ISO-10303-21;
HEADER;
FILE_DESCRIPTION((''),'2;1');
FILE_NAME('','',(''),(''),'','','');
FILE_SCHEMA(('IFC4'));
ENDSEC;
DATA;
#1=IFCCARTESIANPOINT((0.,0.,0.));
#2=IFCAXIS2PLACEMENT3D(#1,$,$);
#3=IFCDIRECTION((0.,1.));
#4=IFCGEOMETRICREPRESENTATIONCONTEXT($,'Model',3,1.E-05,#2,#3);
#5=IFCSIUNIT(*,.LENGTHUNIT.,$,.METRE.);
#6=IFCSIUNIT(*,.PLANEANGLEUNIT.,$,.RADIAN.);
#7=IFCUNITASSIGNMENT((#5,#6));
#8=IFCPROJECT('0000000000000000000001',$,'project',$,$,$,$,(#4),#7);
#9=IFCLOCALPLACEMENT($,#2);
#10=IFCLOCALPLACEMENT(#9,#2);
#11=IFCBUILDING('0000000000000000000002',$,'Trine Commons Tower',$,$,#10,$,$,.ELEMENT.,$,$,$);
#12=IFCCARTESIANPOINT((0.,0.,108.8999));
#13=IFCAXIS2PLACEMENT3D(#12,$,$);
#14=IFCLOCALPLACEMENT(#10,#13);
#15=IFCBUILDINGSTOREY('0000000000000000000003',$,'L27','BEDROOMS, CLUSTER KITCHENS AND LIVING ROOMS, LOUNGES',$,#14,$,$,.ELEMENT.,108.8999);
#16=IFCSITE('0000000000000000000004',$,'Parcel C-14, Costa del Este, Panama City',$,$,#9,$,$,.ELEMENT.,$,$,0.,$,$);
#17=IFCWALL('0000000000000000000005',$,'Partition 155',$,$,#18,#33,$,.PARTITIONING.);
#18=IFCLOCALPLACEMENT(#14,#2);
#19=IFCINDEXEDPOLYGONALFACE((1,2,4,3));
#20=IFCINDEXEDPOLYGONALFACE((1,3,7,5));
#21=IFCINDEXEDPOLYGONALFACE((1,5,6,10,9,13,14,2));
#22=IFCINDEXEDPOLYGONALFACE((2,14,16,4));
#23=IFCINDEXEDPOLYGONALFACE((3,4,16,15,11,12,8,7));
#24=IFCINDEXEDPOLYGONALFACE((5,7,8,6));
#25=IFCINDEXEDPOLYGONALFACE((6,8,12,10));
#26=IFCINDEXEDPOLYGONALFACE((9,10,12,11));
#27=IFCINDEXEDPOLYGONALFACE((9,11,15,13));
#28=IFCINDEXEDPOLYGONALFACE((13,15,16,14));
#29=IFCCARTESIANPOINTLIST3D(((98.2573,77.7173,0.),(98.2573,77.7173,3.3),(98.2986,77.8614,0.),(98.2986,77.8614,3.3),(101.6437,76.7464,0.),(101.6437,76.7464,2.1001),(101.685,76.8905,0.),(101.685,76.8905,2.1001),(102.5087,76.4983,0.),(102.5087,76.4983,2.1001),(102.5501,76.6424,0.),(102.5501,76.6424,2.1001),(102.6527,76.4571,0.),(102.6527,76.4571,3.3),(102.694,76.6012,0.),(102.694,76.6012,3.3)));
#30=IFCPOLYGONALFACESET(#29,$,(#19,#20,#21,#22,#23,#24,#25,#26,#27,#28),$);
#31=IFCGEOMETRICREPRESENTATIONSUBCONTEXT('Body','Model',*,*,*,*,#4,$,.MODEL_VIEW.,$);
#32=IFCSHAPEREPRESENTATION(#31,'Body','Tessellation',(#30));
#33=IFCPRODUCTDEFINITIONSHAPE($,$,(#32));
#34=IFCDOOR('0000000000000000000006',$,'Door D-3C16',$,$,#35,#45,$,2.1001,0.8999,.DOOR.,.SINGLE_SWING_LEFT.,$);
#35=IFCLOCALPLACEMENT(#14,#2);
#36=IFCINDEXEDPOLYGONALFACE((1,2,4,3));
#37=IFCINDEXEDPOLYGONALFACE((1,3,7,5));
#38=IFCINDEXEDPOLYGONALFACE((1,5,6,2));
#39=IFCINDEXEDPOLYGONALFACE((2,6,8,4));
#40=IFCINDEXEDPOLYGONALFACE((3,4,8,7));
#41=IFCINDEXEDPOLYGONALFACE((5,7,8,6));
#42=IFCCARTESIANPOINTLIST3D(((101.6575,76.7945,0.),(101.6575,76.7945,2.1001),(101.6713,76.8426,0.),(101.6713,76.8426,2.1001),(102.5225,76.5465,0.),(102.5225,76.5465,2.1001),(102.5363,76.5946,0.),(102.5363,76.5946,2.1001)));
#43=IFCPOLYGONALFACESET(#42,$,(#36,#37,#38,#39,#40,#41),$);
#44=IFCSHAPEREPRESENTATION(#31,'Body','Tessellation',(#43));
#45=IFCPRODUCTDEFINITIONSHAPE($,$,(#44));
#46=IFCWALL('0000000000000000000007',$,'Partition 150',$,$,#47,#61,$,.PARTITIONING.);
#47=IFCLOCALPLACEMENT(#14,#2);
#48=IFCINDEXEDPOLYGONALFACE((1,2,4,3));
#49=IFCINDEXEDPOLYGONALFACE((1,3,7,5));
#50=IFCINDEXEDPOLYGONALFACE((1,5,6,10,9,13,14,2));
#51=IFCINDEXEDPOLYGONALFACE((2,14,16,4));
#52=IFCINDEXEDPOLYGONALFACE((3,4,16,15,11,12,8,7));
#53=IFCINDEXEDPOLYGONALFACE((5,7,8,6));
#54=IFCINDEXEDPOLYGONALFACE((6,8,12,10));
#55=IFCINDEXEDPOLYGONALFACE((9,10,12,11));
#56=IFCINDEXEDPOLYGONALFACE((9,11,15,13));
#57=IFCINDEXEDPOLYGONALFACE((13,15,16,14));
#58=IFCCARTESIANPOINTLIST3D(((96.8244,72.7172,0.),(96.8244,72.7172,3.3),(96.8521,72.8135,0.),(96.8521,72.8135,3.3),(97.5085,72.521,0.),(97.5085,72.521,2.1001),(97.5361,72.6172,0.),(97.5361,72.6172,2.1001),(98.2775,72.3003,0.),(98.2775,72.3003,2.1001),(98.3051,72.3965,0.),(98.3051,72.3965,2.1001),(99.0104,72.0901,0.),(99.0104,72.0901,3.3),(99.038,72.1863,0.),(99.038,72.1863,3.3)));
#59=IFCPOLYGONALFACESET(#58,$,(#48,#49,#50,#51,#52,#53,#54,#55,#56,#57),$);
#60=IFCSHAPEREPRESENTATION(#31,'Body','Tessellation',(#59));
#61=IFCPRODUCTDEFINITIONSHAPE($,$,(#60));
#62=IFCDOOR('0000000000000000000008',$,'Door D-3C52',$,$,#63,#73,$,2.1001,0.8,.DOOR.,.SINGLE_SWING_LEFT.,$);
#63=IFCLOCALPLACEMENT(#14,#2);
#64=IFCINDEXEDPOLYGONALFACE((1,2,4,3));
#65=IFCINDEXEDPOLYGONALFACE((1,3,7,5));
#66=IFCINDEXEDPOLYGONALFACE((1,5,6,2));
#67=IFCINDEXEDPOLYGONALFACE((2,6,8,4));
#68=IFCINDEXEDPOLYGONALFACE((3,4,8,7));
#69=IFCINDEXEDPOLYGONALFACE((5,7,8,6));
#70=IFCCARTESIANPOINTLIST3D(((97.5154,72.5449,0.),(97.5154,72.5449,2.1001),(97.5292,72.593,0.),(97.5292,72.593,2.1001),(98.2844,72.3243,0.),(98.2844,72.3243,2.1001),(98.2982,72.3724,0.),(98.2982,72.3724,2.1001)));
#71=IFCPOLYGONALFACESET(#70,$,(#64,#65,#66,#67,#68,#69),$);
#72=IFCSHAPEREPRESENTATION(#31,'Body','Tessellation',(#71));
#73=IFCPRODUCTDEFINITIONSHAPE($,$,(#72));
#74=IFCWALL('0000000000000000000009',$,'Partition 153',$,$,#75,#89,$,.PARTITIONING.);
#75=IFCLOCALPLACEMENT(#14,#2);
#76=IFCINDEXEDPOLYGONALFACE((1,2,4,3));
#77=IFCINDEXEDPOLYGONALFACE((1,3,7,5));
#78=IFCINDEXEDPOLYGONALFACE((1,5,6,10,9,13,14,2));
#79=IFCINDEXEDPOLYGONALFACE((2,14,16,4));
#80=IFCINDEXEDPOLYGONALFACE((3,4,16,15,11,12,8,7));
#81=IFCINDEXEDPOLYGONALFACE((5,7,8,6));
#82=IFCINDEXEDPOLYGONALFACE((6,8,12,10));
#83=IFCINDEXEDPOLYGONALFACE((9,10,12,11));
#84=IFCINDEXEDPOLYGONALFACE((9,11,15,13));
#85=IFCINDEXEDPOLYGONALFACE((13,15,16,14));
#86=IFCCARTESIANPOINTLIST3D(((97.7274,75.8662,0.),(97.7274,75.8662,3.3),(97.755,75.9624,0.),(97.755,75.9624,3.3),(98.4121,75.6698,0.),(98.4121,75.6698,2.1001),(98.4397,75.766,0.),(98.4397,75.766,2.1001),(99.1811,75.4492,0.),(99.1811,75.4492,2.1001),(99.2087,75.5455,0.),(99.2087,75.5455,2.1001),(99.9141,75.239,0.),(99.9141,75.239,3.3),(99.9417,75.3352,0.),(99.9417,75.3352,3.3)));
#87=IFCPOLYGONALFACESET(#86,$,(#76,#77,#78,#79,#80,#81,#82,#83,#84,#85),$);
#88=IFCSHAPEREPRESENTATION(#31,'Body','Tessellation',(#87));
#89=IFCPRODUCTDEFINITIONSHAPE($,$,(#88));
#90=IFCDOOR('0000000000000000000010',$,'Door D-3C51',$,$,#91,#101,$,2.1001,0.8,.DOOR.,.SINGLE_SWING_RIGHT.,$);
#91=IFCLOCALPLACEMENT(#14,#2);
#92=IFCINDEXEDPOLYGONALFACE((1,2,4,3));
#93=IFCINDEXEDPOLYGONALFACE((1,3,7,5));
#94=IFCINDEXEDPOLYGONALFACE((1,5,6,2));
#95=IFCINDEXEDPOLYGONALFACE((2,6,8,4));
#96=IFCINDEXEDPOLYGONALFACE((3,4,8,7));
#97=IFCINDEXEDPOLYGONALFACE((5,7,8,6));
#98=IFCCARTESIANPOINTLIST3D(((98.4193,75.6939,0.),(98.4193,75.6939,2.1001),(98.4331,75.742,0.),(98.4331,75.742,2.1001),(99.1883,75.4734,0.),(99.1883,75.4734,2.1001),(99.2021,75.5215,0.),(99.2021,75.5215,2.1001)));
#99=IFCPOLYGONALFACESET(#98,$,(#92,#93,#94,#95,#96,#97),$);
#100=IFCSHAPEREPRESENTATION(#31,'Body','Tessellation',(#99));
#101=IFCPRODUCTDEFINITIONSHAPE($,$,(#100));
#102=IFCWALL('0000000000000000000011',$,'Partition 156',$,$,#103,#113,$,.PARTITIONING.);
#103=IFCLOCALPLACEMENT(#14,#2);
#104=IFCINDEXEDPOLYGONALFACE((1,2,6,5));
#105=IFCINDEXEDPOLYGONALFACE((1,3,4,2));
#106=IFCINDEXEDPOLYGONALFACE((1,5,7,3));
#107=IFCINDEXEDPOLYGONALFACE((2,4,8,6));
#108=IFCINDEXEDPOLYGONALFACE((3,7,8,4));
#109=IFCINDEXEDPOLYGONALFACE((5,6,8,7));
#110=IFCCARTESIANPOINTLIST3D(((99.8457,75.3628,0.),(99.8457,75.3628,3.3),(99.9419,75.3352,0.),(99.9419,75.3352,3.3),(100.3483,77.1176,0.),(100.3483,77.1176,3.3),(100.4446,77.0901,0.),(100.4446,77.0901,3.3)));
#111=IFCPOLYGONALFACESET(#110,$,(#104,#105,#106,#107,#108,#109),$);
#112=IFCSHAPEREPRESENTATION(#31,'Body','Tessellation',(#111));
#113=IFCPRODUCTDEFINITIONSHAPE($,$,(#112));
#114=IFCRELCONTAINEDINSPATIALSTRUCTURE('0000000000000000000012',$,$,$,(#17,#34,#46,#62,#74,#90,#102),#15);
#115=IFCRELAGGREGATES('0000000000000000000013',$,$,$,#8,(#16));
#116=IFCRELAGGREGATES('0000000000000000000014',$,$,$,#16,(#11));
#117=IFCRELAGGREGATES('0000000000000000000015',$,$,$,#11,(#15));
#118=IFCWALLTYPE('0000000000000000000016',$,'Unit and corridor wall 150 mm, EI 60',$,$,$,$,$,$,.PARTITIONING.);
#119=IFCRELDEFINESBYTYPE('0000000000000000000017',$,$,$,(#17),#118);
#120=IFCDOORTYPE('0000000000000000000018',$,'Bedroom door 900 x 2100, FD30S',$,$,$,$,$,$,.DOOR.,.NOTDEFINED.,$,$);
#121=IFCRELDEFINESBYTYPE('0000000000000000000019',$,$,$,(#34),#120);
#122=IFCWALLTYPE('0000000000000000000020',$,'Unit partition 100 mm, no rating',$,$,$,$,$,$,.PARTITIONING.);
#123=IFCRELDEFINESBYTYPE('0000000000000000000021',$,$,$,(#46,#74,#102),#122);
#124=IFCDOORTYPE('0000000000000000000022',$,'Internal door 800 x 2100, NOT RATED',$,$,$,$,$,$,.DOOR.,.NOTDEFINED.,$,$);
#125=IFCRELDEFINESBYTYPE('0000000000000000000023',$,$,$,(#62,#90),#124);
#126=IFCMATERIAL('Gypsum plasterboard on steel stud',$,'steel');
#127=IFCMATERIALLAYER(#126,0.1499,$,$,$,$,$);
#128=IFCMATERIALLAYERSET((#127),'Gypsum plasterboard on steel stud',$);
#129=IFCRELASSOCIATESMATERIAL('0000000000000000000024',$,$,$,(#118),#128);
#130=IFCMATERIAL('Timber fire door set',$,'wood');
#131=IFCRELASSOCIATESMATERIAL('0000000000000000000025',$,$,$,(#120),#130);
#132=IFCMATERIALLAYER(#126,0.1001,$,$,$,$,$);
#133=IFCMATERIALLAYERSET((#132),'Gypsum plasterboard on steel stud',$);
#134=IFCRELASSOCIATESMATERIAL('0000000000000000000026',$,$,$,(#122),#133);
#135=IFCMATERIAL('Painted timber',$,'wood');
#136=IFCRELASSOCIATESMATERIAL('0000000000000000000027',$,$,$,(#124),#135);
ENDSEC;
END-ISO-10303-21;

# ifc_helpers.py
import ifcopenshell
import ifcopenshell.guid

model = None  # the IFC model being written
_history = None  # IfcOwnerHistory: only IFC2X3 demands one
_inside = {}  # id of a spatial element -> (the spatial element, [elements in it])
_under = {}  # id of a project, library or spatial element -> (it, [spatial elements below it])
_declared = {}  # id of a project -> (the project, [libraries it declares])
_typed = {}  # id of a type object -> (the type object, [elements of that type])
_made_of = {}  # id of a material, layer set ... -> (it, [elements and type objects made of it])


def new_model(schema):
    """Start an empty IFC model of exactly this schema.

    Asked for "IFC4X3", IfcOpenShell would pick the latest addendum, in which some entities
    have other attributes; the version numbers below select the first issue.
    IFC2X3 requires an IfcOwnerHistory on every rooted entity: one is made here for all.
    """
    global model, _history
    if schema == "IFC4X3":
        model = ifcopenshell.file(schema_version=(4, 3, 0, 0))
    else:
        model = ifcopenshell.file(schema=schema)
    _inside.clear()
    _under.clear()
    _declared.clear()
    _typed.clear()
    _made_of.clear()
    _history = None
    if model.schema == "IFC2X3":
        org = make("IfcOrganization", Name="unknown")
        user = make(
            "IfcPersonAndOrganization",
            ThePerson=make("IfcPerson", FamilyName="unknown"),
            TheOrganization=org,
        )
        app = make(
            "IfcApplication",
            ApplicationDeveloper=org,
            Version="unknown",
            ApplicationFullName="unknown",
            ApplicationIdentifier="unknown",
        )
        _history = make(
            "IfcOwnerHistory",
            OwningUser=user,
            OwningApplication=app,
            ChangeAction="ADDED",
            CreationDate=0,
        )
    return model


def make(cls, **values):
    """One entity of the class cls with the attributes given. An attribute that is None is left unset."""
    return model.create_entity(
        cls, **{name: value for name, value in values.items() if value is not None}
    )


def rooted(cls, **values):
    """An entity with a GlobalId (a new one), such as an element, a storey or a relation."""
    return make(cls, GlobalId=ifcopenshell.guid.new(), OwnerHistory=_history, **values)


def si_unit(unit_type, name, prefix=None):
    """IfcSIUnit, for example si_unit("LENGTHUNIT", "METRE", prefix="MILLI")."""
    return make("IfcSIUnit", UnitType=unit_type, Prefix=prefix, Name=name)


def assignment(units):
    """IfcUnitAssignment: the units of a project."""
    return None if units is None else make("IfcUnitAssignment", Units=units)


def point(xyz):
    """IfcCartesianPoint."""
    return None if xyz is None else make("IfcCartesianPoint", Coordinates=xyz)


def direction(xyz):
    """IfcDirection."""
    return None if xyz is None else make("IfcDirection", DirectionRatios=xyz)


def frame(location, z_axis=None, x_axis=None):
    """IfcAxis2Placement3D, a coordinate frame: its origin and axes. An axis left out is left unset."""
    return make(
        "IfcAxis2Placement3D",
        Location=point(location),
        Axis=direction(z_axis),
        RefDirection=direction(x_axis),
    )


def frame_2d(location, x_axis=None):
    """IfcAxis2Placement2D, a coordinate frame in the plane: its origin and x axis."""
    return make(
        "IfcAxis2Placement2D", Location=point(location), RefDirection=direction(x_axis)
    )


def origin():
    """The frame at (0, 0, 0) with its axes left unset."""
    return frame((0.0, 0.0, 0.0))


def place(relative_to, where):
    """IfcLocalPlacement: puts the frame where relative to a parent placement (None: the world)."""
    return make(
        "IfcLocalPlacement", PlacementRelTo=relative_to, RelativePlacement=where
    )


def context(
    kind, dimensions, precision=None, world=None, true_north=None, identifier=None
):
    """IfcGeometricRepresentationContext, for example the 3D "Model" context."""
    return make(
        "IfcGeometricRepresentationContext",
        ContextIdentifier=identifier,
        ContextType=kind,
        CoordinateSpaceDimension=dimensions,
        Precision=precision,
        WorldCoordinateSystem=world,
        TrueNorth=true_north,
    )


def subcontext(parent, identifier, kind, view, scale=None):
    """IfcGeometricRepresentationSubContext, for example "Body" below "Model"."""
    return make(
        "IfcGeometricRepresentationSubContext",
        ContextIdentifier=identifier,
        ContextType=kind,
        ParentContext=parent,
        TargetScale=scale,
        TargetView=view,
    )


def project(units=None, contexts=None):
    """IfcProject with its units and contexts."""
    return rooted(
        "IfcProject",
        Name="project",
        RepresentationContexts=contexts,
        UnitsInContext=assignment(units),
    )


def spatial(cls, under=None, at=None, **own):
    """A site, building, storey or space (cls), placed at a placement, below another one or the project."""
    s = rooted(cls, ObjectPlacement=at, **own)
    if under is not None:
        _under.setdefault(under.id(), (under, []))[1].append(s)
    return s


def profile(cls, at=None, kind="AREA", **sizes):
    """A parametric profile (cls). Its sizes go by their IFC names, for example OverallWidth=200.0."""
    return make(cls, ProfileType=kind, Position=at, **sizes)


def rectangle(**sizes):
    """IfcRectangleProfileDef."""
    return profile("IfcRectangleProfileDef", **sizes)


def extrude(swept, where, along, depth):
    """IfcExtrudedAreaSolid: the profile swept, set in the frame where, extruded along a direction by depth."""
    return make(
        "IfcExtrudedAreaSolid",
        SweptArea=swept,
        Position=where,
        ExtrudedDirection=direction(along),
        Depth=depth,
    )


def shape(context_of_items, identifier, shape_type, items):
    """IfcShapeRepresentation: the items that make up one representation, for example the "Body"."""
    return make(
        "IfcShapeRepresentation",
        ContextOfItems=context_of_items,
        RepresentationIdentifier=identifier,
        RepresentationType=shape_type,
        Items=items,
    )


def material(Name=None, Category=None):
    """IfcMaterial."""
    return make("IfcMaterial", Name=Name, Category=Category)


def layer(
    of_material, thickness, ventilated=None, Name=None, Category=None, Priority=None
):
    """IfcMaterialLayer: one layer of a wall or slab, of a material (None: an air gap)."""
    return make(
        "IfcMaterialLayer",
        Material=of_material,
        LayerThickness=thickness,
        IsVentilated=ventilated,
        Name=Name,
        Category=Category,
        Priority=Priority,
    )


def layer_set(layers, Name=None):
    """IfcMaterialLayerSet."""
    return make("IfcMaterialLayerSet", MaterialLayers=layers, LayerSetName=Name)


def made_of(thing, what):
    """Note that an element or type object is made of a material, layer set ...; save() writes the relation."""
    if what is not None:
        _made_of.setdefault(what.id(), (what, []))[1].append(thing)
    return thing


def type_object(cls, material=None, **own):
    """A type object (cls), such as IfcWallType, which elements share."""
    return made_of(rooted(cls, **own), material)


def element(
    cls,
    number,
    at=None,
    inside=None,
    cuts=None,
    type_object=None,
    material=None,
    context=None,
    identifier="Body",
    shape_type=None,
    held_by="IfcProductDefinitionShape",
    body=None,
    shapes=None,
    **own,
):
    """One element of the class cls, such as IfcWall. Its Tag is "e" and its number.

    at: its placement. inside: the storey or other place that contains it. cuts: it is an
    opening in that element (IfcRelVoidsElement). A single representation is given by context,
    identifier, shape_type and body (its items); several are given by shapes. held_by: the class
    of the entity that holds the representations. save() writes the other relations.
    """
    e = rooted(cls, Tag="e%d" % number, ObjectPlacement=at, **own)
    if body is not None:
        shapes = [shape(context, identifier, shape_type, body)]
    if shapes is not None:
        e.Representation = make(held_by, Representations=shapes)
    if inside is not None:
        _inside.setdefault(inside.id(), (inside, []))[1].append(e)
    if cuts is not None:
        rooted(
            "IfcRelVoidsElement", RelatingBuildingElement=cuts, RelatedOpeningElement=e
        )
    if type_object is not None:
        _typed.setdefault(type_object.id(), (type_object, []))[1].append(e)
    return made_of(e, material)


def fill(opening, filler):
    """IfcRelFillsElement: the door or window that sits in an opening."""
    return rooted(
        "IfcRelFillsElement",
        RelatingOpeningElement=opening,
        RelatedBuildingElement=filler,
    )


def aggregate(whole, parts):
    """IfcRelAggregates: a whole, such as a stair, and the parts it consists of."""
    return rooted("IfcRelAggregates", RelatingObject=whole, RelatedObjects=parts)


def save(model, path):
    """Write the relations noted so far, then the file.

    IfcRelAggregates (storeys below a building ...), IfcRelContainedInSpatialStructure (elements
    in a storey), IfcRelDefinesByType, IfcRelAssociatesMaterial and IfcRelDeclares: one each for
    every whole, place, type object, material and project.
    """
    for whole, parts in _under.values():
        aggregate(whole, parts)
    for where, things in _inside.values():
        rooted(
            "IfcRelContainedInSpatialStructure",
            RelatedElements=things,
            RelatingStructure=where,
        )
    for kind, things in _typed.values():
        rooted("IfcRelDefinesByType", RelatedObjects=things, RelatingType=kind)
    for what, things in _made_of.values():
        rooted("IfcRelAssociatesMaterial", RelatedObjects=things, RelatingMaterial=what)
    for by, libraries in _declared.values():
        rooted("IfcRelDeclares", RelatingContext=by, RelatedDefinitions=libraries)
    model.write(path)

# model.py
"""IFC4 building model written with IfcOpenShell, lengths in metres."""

from ifc_helpers import new_model, si_unit, direction, frame, frame_2d, origin, place, context, subcontext, project, spatial, rectangle, extrude, material, layer, layer_set, type_object, element, fill, save


model = new_model("IFC4")

# Units and contexts
model_context = context("Model", 3, precision=1e-05, world=origin(), true_north=direction((0.0, 1.0)))
body_context = subcontext(model_context, "Body", "Model", "MODEL_VIEW")
ifc_project = project(units=[si_unit("LENGTHUNIT", "METRE"), si_unit("PLANEANGLEUNIT", "RADIAN")], contexts=[model_context])

# Site, building, storey
site_placement = place(None, origin())
site = spatial("IfcSite", under=ifc_project, at=site_placement, Name="Parcel C-14, Costa del Este, Panama City", CompositionType="ELEMENT", RefElevation=0.0)
building_placement = place(site_placement, origin())
building = spatial("IfcBuilding", under=site, at=building_placement, Name="Trine Commons Tower", CompositionType="ELEMENT")
storey_placement = place(building_placement, frame((0.0, 0.0, 108.8999)))
storey = spatial("IfcBuildingStorey", under=building, at=storey_placement, Name="L27", Description="BEDROOMS, CLUSTER KITCHENS AND LIVING ROOMS, LOUNGES", CompositionType="ELEMENT", Elevation=108.8999)

# Shared definitions
ifc_material_1 = material(Name="Gypsum plasterboard on steel stud", Category="steel")
ifc_layer_1 = layer(ifc_material_1, 0.1499)
ifc_layer_set_1 = layer_set([ifc_layer_1], Name="Gypsum plasterboard on steel stud")
wall_type_1 = type_object("IfcWallType", Name="Unit and corridor wall 150 mm, EI 60", PredefinedType="PARTITIONING", material=ifc_layer_set_1)

# Shared definitions
ifc_material_2 = material(Name="Timber fire door set", Category="wood")
door_type_1 = type_object("IfcDoorType", Name="Bedroom door 900 x 2100, FD30S", OperationType="NOTDEFINED", PredefinedType="DOOR", material=ifc_material_2)

# Walls, openings, doors
wall_1_placement = place(storey_placement, frame((98.2781, 77.7893, 0.0), z_axis=(0.0, 0.0, 1.0), x_axis=(0.96127, -0.27561, 0.0)))
wall_1 = element("IfcWall", 1, at=wall_1_placement, inside=storey, type_object=wall_type_1, Name="Partition 155", PredefinedType="PARTITIONING", context=body_context, shape_type="SweptSolid", body=[
    extrude(rectangle(XDim=4.5725, YDim=0.1499, at=frame_2d((2.2861, 0.0))), origin(), (0.0, 0.0, 1.0), 3.3),
])
opening_1_placement = place(wall_1_placement, frame((3.5227, 0.0, 0.0)))
opening_1 = element("IfcOpeningElement", 2, at=opening_1_placement, cuts=wall_1, PredefinedType="OPENING", context=body_context, shape_type="SweptSolid", body=[
    extrude(rectangle(XDim=0.8999, YDim=2.1001, at=frame_2d((0.45, 1.05))), frame((0.0, 0.085, 0.0), z_axis=(0.0, -1.0, 0.0), x_axis=(1.0, 0.0, 0.0)), (0.0, 0.0, 1.0), 0.1699),
])
door_1_placement = place(opening_1_placement, frame((0.8999, 0.0, 0.0), z_axis=(0.0, 0.0, 1.0), x_axis=(-1.0, 0.0, 0.0)))
door_1 = element("IfcDoor", 3, at=door_1_placement, inside=storey, type_object=door_type_1, Name="Door D-3C16", OperationType="SINGLE_SWING_LEFT", OverallHeight=2.1001, OverallWidth=0.8999, PredefinedType="DOOR", context=body_context, shape_type="SweptSolid", body=[
    extrude(rectangle(XDim=0.8999, YDim=2.1001, at=frame_2d((0.45, 1.05))), frame((0.0, 0.0249, 0.0), z_axis=(0.0, -1.0, 0.0), x_axis=(1.0, 0.0, 0.0)), (0.0, 0.0, 1.0), 0.05),
])
fill(opening_1, door_1)
ifc_layer_2 = layer(ifc_material_1, 0.1001)
ifc_layer_set_2 = layer_set([ifc_layer_2], Name="Gypsum plasterboard on steel stud")
wall_type_2 = type_object("IfcWallType", Name="Unit partition 100 mm, no rating", PredefinedType="PARTITIONING", material=ifc_layer_set_2)
wall_2_placement = place(storey_placement, frame((96.8381, 72.7654, 0.0), z_axis=(0.0, 0.0, 1.0), x_axis=(0.96122, -0.275784, 0.0)))
wall_2 = element("IfcWall", 4, at=wall_2_placement, inside=storey, type_object=wall_type_2, Name="Partition 150", PredefinedType="PARTITIONING", context=body_context, shape_type="SweptSolid", body=[
    extrude(rectangle(XDim=2.2742, YDim=0.1001, at=frame_2d((1.1372, 0.0))), origin(), (0.0, 0.0, 1.0), 3.3),
])
opening_2_placement = place(wall_2_placement, frame((0.7119, 0.0, 0.0)))
opening_2 = element("IfcOpeningElement", 5, at=opening_2_placement, cuts=wall_2, PredefinedType="OPENING", context=body_context, shape_type="SweptSolid", body=[
    extrude(rectangle(XDim=0.8, YDim=2.1001, at=frame_2d((0.3999, 1.05))), frame((0.0, 0.0601, 0.0), z_axis=(0.0, -1.0, 0.0), x_axis=(1.0, 0.0, 0.0)), (0.0, 0.0, 1.0), 0.1201),
])
ifc_material_3 = material(Name="Painted timber", Category="wood")
door_type_2 = type_object("IfcDoorType", Name="Internal door 800 x 2100, NOT RATED", OperationType="NOTDEFINED", PredefinedType="DOOR", material=ifc_material_3)
door_2_placement = place(opening_2_placement, origin())
door_2 = element("IfcDoor", 6, at=door_2_placement, inside=storey, type_object=door_type_2, Name="Door D-3C52", OperationType="SINGLE_SWING_LEFT", OverallHeight=2.1001, OverallWidth=0.8, PredefinedType="DOOR", context=body_context, shape_type="SweptSolid", body=[
    extrude(rectangle(XDim=0.8, YDim=2.1001, at=frame_2d((0.3999, 1.05))), frame((0.0, 0.0249, 0.0), z_axis=(0.0, -1.0, 0.0), x_axis=(1.0, 0.0, 0.0)), (0.0, 0.0, 1.0), 0.05),
])
fill(opening_2, door_2)
wall_3_placement = place(storey_placement, frame((97.7412, 75.9143, 0.0), z_axis=(0.0, 0.0, 1.0), x_axis=(0.961244, -0.275699, 0.0)))
wall_3 = element("IfcWall", 7, at=wall_3_placement, inside=storey, type_object=wall_type_2, Name="Partition 153", PredefinedType="PARTITIONING", context=body_context, shape_type="SweptSolid", body=[
    extrude(rectangle(XDim=2.2749, YDim=0.1001, at=frame_2d((1.1375, 0.0))), origin(), (0.0, 0.0, 1.0), 3.3),
])
opening_3_placement = place(wall_3_placement, frame((0.7124, 0.0, 0.0)))
opening_3 = element("IfcOpeningElement", 8, at=opening_3_placement, cuts=wall_3, PredefinedType="OPENING", context=body_context, shape_type="SweptSolid", body=[
    extrude(rectangle(XDim=0.8, YDim=2.1001, at=frame_2d((0.3999, 1.05))), frame((0.0, 0.0601, 0.0), z_axis=(0.0, -1.0, 0.0), x_axis=(1.0, 0.0, 0.0)), (0.0, 0.0, 1.0), 0.1201),
])
door_3_placement = place(opening_3_placement, frame((0.8, 0.0, 0.0), z_axis=(0.0, 0.0, 1.0), x_axis=(-1.0, 0.0, 0.0)))
door_3 = element("IfcDoor", 9, at=door_3_placement, inside=storey, type_object=door_type_2, Name="Door D-3C51", OperationType="SINGLE_SWING_RIGHT", OverallHeight=2.1001, OverallWidth=0.8, PredefinedType="DOOR", context=body_context, shape_type="SweptSolid", body=[
    extrude(rectangle(XDim=0.8, YDim=2.1001, at=frame_2d((0.3999, 1.05))), frame((0.0, 0.0249, 0.0), z_axis=(0.0, -1.0, 0.0), x_axis=(1.0, 0.0, 0.0)), (0.0, 0.0, 1.0), 0.05),
])
fill(opening_3, door_3)

# Wall
wall_4_placement = place(storey_placement, frame((99.8938, 75.3491, 0.0), z_axis=(0.0, 0.0, 1.0), x_axis=(0.275375, 0.961337, 0.0)))
element("IfcWall", 10, at=wall_4_placement, inside=storey, type_object=wall_type_2, Name="Partition 156", PredefinedType="PARTITIONING", context=body_context, shape_type="SweptSolid", body=[
    extrude(rectangle(XDim=1.8254, YDim=0.1001, at=frame_2d((0.9126, 0.0))), origin(), (0.0, 0.0, 1.0), 3.3),
])

save(model, "model.ifc")
